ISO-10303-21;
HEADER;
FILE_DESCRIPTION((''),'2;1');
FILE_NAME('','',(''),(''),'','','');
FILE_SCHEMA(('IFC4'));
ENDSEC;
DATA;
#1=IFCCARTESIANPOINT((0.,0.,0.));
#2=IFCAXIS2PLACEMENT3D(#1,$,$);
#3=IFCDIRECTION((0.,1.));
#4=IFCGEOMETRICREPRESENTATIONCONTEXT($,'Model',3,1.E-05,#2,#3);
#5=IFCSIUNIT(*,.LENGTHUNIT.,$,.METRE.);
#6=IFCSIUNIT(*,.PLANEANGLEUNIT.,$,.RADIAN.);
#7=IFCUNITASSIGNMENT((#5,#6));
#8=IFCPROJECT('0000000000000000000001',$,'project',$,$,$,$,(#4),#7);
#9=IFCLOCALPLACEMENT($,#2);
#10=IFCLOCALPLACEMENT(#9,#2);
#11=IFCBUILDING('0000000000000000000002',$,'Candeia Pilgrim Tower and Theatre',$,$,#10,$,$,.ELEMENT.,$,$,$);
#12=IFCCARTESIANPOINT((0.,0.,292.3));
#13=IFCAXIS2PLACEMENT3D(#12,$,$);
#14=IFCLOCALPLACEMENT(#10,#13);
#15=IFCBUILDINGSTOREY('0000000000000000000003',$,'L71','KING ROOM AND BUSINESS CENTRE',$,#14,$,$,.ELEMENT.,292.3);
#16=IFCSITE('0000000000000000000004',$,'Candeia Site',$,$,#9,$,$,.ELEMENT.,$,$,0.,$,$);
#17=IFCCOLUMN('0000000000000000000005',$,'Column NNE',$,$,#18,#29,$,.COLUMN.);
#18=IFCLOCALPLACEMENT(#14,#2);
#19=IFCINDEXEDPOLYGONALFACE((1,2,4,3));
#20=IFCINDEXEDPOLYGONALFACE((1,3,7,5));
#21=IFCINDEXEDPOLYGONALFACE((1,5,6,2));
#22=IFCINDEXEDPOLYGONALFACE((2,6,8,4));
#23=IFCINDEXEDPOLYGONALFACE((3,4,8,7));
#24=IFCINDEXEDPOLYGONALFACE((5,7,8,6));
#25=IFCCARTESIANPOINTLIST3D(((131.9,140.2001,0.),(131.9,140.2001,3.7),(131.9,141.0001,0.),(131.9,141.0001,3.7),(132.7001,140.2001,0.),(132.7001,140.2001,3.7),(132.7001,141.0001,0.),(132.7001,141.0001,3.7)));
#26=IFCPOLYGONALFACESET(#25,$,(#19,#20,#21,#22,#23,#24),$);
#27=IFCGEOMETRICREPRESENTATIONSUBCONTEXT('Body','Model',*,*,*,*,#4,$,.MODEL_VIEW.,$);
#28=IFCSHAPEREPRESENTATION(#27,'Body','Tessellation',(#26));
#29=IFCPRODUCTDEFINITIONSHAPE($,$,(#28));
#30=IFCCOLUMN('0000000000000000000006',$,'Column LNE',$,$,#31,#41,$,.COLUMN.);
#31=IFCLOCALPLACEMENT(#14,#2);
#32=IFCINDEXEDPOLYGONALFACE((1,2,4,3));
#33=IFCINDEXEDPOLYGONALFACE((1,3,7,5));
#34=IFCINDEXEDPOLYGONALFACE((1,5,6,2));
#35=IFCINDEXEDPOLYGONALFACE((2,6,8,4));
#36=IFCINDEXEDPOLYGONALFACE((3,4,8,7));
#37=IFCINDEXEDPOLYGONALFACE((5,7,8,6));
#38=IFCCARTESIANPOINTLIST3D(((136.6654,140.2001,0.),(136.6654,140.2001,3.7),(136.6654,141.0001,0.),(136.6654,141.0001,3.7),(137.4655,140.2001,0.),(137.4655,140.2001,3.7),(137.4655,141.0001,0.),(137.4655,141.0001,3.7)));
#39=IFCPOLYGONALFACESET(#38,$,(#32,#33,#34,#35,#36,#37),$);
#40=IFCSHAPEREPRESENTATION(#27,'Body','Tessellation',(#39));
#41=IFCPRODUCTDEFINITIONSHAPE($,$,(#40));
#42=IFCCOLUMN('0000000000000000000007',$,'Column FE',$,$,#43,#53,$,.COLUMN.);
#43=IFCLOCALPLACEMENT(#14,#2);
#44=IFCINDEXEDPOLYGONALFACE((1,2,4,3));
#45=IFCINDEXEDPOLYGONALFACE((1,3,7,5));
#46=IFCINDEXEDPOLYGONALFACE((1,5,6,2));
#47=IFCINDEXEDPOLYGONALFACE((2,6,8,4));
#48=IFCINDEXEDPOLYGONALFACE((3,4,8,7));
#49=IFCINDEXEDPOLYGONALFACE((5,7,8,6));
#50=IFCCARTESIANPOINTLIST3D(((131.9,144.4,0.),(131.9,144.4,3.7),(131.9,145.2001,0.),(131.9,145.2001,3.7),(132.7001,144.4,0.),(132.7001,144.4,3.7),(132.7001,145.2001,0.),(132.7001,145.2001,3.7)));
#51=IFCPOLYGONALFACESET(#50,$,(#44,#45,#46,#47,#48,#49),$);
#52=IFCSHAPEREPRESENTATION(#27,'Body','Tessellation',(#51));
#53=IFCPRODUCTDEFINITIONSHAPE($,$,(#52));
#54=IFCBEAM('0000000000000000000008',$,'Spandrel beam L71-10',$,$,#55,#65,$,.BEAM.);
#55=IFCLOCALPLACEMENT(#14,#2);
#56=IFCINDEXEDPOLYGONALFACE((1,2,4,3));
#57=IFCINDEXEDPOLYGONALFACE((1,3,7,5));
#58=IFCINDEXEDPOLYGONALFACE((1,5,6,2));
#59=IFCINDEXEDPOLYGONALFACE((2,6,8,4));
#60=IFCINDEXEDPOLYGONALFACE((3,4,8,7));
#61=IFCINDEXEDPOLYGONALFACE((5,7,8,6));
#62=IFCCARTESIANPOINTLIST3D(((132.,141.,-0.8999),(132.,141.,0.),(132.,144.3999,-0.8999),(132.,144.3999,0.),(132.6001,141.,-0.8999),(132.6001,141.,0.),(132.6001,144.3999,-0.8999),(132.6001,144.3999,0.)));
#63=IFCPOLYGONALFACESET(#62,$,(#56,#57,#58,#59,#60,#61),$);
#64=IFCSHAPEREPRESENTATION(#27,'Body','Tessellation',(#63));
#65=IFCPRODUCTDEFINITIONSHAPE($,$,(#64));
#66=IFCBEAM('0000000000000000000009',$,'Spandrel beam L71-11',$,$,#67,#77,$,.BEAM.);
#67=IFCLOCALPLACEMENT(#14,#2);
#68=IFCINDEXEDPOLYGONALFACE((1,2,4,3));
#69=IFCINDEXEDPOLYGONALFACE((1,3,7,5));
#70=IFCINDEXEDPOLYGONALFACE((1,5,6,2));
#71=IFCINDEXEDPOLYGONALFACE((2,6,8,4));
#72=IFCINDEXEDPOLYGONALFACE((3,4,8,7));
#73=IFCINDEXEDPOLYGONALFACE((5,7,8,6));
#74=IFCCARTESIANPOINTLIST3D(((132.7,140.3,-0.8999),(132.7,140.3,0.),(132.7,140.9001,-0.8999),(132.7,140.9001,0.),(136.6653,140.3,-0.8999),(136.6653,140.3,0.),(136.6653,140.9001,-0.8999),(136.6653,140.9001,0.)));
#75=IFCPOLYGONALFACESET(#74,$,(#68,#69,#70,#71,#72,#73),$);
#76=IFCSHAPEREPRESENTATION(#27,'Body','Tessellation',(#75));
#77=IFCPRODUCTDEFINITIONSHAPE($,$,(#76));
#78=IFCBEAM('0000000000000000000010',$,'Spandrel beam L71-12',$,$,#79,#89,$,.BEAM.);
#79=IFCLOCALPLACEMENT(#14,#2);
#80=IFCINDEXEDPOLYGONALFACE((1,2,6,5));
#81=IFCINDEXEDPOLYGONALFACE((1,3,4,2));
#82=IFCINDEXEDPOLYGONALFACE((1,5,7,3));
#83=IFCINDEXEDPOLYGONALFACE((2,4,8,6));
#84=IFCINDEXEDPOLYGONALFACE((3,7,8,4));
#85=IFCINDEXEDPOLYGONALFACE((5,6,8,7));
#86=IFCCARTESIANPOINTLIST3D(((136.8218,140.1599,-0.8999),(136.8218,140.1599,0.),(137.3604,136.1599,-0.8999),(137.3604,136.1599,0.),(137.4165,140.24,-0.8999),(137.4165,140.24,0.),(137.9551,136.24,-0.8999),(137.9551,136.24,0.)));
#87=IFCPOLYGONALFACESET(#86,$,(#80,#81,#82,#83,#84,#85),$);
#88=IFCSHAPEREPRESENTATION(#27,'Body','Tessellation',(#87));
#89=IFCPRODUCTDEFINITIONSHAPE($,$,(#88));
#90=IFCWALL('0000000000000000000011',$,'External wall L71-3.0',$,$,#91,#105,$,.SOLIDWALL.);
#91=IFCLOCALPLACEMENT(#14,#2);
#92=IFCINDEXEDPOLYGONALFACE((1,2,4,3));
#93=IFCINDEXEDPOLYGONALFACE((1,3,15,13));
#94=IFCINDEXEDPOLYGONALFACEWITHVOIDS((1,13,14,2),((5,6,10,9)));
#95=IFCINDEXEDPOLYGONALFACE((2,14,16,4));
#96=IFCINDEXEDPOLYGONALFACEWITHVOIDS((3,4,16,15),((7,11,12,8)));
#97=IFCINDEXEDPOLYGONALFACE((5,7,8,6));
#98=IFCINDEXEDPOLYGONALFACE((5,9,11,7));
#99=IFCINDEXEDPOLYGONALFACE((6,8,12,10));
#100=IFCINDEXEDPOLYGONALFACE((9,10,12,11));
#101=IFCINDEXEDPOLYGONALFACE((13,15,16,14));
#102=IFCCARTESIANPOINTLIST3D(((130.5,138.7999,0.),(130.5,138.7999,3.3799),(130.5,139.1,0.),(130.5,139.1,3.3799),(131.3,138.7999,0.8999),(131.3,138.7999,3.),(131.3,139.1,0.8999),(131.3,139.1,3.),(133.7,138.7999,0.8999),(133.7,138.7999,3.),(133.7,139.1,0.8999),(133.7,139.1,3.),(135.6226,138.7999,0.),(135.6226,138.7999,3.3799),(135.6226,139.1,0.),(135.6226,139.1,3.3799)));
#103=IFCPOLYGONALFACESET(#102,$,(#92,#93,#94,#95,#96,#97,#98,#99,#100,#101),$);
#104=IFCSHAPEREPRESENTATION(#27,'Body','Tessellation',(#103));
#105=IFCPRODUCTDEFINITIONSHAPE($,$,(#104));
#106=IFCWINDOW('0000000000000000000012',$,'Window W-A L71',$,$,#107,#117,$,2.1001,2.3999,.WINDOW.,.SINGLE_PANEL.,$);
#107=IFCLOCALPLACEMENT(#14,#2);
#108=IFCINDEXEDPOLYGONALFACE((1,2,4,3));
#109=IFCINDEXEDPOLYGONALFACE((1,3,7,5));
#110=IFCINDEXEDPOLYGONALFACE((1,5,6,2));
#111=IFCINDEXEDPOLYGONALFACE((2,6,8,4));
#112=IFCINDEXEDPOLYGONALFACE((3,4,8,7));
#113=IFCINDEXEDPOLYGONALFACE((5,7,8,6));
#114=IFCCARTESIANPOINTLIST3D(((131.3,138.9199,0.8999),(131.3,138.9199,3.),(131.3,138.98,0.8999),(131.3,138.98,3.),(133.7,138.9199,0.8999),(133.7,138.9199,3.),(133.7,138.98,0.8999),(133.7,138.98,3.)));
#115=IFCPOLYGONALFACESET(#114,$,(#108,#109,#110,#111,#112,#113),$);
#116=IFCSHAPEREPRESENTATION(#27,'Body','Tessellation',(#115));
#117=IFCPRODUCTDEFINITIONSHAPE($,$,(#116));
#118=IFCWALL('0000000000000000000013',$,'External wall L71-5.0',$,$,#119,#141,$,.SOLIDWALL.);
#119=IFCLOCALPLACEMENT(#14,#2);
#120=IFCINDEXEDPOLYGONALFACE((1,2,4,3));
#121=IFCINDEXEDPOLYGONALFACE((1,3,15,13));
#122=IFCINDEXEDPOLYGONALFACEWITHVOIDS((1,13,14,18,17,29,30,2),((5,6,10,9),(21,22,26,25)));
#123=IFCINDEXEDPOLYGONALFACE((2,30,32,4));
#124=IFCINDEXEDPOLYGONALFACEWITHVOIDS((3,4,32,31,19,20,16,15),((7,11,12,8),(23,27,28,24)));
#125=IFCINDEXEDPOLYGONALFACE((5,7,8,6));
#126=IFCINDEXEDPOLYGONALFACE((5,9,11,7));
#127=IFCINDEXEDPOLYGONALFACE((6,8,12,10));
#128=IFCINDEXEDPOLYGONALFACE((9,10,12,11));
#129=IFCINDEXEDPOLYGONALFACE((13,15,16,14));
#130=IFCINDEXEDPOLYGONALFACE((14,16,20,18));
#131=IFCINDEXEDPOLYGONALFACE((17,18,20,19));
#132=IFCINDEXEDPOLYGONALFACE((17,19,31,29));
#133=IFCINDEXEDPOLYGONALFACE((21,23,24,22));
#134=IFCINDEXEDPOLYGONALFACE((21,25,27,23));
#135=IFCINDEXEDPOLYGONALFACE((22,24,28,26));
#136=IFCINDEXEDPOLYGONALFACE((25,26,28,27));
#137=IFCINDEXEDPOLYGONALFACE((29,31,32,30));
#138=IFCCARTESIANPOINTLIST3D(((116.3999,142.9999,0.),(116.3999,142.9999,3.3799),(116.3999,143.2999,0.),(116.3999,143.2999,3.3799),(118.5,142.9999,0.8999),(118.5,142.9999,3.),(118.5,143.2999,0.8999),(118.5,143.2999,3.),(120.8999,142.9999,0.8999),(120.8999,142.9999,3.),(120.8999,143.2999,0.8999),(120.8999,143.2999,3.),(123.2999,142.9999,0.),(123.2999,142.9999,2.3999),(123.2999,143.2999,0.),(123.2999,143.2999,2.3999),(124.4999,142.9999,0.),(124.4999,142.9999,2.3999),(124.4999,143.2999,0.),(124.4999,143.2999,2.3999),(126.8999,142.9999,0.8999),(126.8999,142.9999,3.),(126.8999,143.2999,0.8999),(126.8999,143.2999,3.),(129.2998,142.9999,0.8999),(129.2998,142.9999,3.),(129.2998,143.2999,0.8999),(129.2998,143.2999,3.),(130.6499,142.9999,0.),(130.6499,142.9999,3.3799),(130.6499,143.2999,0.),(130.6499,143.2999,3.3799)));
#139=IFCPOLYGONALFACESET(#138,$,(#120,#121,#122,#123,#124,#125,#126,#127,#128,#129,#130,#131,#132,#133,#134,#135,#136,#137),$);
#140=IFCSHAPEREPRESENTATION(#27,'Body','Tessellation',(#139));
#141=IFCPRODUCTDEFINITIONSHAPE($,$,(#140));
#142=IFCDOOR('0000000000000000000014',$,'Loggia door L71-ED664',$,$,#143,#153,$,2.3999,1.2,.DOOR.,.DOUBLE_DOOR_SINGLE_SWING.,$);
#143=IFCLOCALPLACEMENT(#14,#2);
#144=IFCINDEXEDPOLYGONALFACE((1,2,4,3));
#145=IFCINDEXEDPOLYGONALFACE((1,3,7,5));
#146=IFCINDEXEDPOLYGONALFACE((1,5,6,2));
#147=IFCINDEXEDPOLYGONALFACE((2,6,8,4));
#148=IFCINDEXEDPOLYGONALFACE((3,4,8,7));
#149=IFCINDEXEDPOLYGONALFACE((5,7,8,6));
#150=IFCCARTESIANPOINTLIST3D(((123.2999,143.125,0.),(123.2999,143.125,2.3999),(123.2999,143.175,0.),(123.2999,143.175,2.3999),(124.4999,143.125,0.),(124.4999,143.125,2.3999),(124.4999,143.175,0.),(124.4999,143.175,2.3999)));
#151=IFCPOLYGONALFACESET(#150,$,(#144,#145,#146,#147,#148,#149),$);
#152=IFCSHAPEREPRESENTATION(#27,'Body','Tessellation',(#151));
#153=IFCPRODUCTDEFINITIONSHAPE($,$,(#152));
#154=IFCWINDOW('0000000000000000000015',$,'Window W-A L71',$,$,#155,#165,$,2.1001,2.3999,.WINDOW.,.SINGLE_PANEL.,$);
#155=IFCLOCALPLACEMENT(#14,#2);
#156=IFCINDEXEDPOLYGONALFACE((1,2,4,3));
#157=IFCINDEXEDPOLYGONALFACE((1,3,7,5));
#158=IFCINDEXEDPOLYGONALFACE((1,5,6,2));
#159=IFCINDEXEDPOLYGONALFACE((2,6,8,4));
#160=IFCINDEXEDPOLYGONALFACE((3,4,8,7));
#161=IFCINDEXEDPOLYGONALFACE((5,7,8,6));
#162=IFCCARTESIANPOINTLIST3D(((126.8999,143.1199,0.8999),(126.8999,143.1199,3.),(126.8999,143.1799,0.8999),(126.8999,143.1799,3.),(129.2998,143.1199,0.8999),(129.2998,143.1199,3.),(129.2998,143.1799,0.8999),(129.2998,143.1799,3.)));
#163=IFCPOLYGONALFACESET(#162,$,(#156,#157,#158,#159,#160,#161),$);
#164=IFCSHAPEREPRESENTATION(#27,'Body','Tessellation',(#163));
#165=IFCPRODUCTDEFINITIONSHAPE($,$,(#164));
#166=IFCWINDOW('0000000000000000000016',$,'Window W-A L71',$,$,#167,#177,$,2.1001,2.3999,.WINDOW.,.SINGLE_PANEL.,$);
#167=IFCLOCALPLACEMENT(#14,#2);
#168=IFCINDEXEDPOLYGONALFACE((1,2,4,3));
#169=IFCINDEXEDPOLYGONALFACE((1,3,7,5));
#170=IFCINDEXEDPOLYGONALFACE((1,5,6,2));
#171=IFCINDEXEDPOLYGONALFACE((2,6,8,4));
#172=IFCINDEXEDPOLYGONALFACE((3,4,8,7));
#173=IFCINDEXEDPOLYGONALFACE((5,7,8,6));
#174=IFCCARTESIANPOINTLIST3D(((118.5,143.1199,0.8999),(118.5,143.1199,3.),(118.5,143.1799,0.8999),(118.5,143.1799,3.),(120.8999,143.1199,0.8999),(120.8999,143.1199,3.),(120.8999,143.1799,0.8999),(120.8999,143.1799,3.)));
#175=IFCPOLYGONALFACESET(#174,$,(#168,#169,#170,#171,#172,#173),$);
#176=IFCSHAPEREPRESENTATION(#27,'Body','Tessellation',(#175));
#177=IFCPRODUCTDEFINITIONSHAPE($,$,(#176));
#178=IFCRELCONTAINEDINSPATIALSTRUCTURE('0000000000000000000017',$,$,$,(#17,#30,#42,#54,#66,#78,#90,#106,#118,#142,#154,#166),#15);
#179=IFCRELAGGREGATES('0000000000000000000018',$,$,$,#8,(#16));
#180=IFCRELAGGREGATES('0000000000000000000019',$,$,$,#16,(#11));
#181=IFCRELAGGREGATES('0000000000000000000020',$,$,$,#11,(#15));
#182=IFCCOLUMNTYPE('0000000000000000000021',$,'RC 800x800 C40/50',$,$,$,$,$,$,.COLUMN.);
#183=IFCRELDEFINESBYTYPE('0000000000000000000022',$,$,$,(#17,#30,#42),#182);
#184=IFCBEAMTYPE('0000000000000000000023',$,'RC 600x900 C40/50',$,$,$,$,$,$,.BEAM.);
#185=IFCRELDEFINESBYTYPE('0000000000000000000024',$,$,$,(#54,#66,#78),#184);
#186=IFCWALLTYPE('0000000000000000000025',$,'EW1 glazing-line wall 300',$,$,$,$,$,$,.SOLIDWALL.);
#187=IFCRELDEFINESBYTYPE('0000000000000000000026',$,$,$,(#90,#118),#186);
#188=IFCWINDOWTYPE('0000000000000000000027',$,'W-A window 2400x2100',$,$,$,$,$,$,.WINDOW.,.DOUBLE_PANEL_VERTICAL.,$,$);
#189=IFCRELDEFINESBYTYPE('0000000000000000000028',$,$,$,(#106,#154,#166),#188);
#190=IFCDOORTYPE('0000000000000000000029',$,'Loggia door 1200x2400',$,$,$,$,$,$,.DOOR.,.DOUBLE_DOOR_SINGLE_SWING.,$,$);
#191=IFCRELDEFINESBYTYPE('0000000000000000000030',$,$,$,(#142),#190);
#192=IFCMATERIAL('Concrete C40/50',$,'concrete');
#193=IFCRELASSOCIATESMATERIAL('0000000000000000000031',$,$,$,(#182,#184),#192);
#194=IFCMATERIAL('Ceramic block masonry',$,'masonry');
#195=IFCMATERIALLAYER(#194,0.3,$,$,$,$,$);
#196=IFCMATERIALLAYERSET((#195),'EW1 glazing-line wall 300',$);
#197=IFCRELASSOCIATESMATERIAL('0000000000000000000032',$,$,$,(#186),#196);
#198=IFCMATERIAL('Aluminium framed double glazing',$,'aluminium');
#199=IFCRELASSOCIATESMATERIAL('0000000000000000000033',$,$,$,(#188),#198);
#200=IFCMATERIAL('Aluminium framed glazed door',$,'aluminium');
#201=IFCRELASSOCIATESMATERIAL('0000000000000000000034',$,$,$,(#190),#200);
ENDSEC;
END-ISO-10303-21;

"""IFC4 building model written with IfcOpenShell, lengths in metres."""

from ifc_helpers import new_model, si_unit, direction, frame, frame_2d, origin, origin_2d, place, context, subcontext, project, spatial, rectangle, extrude, material, layer, layer_set, material_profile, profile_set, type_object, element, fill, save


model = new_model("IFC4")

# Units and contexts
model_context = context("Model", 3, precision=1e-05, world=origin(), true_north=direction((0.0, 1.0)))
body_context = subcontext(model_context, "Body", "Model", "MODEL_VIEW")
ifc_project = project(units=[si_unit("LENGTHUNIT", "METRE"), si_unit("PLANEANGLEUNIT", "RADIAN")], contexts=[model_context])

# Site, building, storey
site_placement = place(None, origin())
site = spatial("IfcSite", under=ifc_project, at=site_placement, Name="Candeia Site", CompositionType="ELEMENT", RefElevation=0.0)
building_placement = place(site_placement, origin())
building = spatial("IfcBuilding", under=site, at=building_placement, Name="Candeia Pilgrim Tower and Theatre", CompositionType="ELEMENT")
storey_placement = place(building_placement, frame((0.0, 0.0, 292.3)))
storey = spatial("IfcBuildingStorey", under=building, at=storey_placement, Name="L71", Description="KING ROOM AND BUSINESS CENTRE", CompositionType="ELEMENT", Elevation=292.3)

# Columns
ifc_material_1 = material(Name="Concrete C40/50", Category="concrete")
ifc_material_profile_1 = material_profile(ifc_material_1, rectangle(XDim=0.8, YDim=0.8, at=origin_2d()))
ifc_profile_set_1 = profile_set([ifc_material_profile_1], Name="Concrete C40/50")
column_type = type_object("IfcColumnType", Name="RC 800x800 C40/50", PredefinedType="COLUMN", material=ifc_profile_set_1)
for number, where, z_axis, x_axis, name in (
    (1, (132.3, 140.6001, 0.0), (0.0, 0.0, 1.0), (1.0, 0.0, 0.0), "Column NNE"),
    (2, (137.0654, 140.6001, 0.0), (0.0, 0.0, 1.0), (1.0, 0.0, 0.0), "Column LNE"),
    (3, (132.3, 144.8, 0.0), (0.0, 0.0, 1.0), (1.0, 0.0, 0.0), "Column FE"),
):
    element("IfcColumn", number, at=place(storey_placement, frame(where, z_axis=z_axis, x_axis=x_axis)), inside=storey, type_object=column_type, Name=name, PredefinedType="COLUMN", context=body_context, shape_type="SweptSolid", body=[
        extrude(rectangle(XDim=0.8, YDim=0.8, at=origin_2d()), origin(), (0.0, 0.0, 1.0), 3.7),
    ])

# Beams
ifc_material_profile_2 = material_profile(ifc_material_1, rectangle(XDim=0.6001, YDim=0.8999, at=origin_2d()))
ifc_profile_set_2 = profile_set([ifc_material_profile_2], Name="Concrete C40/50")
beam_type = type_object("IfcBeamType", Name="RC 600x900 C40/50", PredefinedType="BEAM", material=ifc_profile_set_2)
beam_1_placement = place(storey_placement, frame((132.3, 144.3999, -0.45), z_axis=(0.0, -1.0, 0.0), x_axis=(1.0, 0.0, 0.0)))
element("IfcBeam", 4, at=beam_1_placement, inside=storey, type_object=beam_type, Name="Spandrel beam L71-10", PredefinedType="BEAM", context=body_context, shape_type="SweptSolid", body=[
    extrude(rectangle(XDim=0.6001, YDim=0.8999, at=origin_2d()), origin(), (0.0, 0.0, 1.0), 3.3999),
])
beam_2_placement = place(storey_placement, frame((132.7, 140.6001, -0.45), z_axis=(1.0, 0.0, 0.0), x_axis=(0.0, 1.0, 0.0)))
element("IfcBeam", 5, at=beam_2_placement, inside=storey, type_object=beam_type, Name="Spandrel beam L71-11", PredefinedType="BEAM", context=body_context, shape_type="SweptSolid", body=[
    extrude(rectangle(XDim=0.6001, YDim=0.8999, at=origin_2d()), origin(), (0.0, 0.0, 1.0), 3.9653),
])
beam_3_placement = place(storey_placement, frame((137.1191, 140.2, -0.45), z_axis=(0.133439, -0.991057, 0.0), x_axis=(0.991057, 0.133439, 0.0)))
element("IfcBeam", 6, at=beam_3_placement, inside=storey, type_object=beam_type, Name="Spandrel beam L71-12", PredefinedType="BEAM", context=body_context, shape_type="SweptSolid", body=[
    extrude(rectangle(XDim=0.6001, YDim=0.8999, at=origin_2d()), origin(), (0.0, 0.0, 1.0), 4.0361),
])

# Wall, opening, window
ifc_material_2 = material(Name="Ceramic block masonry", Category="masonry")
ifc_layer_1 = layer(ifc_material_2, 0.3)
ifc_layer_set_1 = layer_set([ifc_layer_1], Name="EW1 glazing-line wall 300")
wall_type_1 = type_object("IfcWallType", Name="EW1 glazing-line wall 300", PredefinedType="SOLIDWALL", material=ifc_layer_set_1)
wall_1_placement = place(storey_placement, frame((135.6226, 138.95, 0.0), z_axis=(0.0, 0.0, 1.0), x_axis=(-1.0, 0.0, 0.0)))
wall_1 = element("IfcWall", 7, at=wall_1_placement, inside=storey, type_object=wall_type_1, Name="External wall L71-3.0", PredefinedType="SOLIDWALL", context=body_context, shape_type="SweptSolid", body=[
    extrude(rectangle(XDim=5.1226, YDim=0.3, at=frame_2d((2.5613, 0.0))), origin(), (0.0, 0.0, 1.0), 3.3799),
])
opening_1_placement = place(wall_1_placement, frame((1.9226, 0.0, 0.8999)))
opening_1 = element("IfcOpeningElement", 8, at=opening_1_placement, cuts=wall_1, PredefinedType="OPENING", context=body_context, shape_type="SweptSolid", body=[
    extrude(rectangle(XDim=2.3999, YDim=2.1001, at=frame_2d((1.2, 1.05))), frame((0.0, 0.1602, 0.0), z_axis=(0.0, -1.0, 0.0), x_axis=(1.0, 0.0, 0.0)), (0.0, 0.0, 1.0), 0.3201),
])
ifc_material_3 = material(Name="Aluminium framed double glazing", Category="aluminium")
window_type = type_object("IfcWindowType", Name="W-A window 2400x2100", PartitioningType="DOUBLE_PANEL_VERTICAL", PredefinedType="WINDOW", material=ifc_material_3)
window_1_placement = place(opening_1_placement, origin())
window_1 = element("IfcWindow", 9, at=window_1_placement, inside=storey, type_object=window_type, Name="Window W-A L71", OverallHeight=2.1001, OverallWidth=2.3999, PartitioningType="SINGLE_PANEL", PredefinedType="WINDOW", context=body_context, shape_type="SweptSolid", body=[
    extrude(rectangle(XDim=2.3999, YDim=2.1001, at=frame_2d((1.2, 1.05))), frame((0.0, 0.03, 0.0), z_axis=(0.0, -1.0, 0.0), x_axis=(1.0, 0.0, 0.0)), (0.0, 0.0, 1.0), 0.0601),
])
fill(opening_1, window_1)

# Shared definitions
ifc_material_4 = material(Name="Aluminium framed glazed door", Category="aluminium")
door_type_1 = type_object("IfcDoorType", Name="Loggia door 1200x2400", OperationType="DOUBLE_DOOR_SINGLE_SWING", PredefinedType="DOOR", material=ifc_material_4)

# Wall, openings, door, windows
wall_2_placement = place(storey_placement, frame((130.6499, 143.1499, 0.0), z_axis=(0.0, 0.0, 1.0), x_axis=(-1.0, 0.0, 0.0)))
wall_2 = element("IfcWall", 10, at=wall_2_placement, inside=storey, type_object=wall_type_1, Name="External wall L71-5.0", PredefinedType="SOLIDWALL", context=body_context, shape_type="SweptSolid", body=[
    extrude(rectangle(XDim=14.25, YDim=0.3, at=frame_2d((7.125, 0.0))), origin(), (0.0, 0.0, 1.0), 3.3799),
])
opening_2_placement = place(wall_2_placement, frame((1.3501, 0.0, 0.8999)))
opening_2 = element("IfcOpeningElement", 11, at=opening_2_placement, cuts=wall_2, PredefinedType="OPENING", context=body_context, shape_type="SweptSolid", body=[
    extrude(rectangle(XDim=2.3999, YDim=2.1001, at=frame_2d((1.2, 1.05))), frame((0.0, 0.1602, 0.0), z_axis=(0.0, -1.0, 0.0), x_axis=(1.0, 0.0, 0.0)), (0.0, 0.0, 1.0), 0.3201),
])
opening_3_placement = place(wall_2_placement, frame((6.1499, 0.0, 0.0)))
opening_3 = element("IfcOpeningElement", 12, at=opening_3_placement, cuts=wall_2, PredefinedType="OPENING", context=body_context, shape_type="SweptSolid", body=[
    extrude(rectangle(XDim=1.2, YDim=2.3999, at=frame_2d((0.6001, 1.2))), frame((0.0, 0.1602, 0.0), z_axis=(0.0, -1.0, 0.0), x_axis=(1.0, 0.0, 0.0)), (0.0, 0.0, 1.0), 0.3201),
])
opening_4_placement = place(wall_2_placement, frame((9.75, 0.0, 0.8999)))
opening_4 = element("IfcOpeningElement", 13, at=opening_4_placement, cuts=wall_2, PredefinedType="OPENING", context=body_context, shape_type="SweptSolid", body=[
    extrude(rectangle(XDim=2.3999, YDim=2.1001, at=frame_2d((1.2, 1.05))), frame((0.0, 0.1602, 0.0), z_axis=(0.0, -1.0, 0.0), x_axis=(1.0, 0.0, 0.0)), (0.0, 0.0, 1.0), 0.3201),
])
door_1_placement = place(opening_3_placement, origin())
door_1 = element("IfcDoor", 14, at=door_1_placement, inside=storey, type_object=door_type_1, Name="Loggia door L71-ED664", OperationType="DOUBLE_DOOR_SINGLE_SWING", OverallHeight=2.3999, OverallWidth=1.2, PredefinedType="DOOR", context=body_context, shape_type="SweptSolid", body=[
    extrude(rectangle(XDim=1.2, YDim=2.3999, at=frame_2d((0.6001, 1.2))), frame((0.0, 0.0249, 0.0), z_axis=(0.0, -1.0, 0.0), x_axis=(1.0, 0.0, 0.0)), (0.0, 0.0, 1.0), 0.05),
])
fill(opening_3, door_1)
window_2_placement = place(opening_2_placement, origin())
window_2 = element("IfcWindow", 15, at=window_2_placement, inside=storey, type_object=window_type, Name="Window W-A L71", OverallHeight=2.1001, OverallWidth=2.3999, PartitioningType="SINGLE_PANEL", PredefinedType="WINDOW", context=body_context, shape_type="SweptSolid", body=[
    extrude(rectangle(XDim=2.3999, YDim=2.1001, at=frame_2d((1.2, 1.05))), frame((0.0, 0.03, 0.0), z_axis=(0.0, -1.0, 0.0), x_axis=(1.0, 0.0, 0.0)), (0.0, 0.0, 1.0), 0.0601),
])
fill(opening_2, window_2)
window_3_placement = place(opening_4_placement, origin())
window_3 = element("IfcWindow", 16, at=window_3_placement, inside=storey, type_object=window_type, Name="Window W-A L71", OverallHeight=2.1001, OverallWidth=2.3999, PartitioningType="SINGLE_PANEL", PredefinedType="WINDOW", context=body_context, shape_type="SweptSolid", body=[
    extrude(rectangle(XDim=2.3999, YDim=2.1001, at=frame_2d((1.2, 1.05))), frame((0.0, 0.03, 0.0), z_axis=(0.0, -1.0, 0.0), x_axis=(1.0, 0.0, 0.0)), (0.0, 0.0, 1.0), 0.0601),
])
fill(opening_4, window_3)

save(model, "model.ifc")
